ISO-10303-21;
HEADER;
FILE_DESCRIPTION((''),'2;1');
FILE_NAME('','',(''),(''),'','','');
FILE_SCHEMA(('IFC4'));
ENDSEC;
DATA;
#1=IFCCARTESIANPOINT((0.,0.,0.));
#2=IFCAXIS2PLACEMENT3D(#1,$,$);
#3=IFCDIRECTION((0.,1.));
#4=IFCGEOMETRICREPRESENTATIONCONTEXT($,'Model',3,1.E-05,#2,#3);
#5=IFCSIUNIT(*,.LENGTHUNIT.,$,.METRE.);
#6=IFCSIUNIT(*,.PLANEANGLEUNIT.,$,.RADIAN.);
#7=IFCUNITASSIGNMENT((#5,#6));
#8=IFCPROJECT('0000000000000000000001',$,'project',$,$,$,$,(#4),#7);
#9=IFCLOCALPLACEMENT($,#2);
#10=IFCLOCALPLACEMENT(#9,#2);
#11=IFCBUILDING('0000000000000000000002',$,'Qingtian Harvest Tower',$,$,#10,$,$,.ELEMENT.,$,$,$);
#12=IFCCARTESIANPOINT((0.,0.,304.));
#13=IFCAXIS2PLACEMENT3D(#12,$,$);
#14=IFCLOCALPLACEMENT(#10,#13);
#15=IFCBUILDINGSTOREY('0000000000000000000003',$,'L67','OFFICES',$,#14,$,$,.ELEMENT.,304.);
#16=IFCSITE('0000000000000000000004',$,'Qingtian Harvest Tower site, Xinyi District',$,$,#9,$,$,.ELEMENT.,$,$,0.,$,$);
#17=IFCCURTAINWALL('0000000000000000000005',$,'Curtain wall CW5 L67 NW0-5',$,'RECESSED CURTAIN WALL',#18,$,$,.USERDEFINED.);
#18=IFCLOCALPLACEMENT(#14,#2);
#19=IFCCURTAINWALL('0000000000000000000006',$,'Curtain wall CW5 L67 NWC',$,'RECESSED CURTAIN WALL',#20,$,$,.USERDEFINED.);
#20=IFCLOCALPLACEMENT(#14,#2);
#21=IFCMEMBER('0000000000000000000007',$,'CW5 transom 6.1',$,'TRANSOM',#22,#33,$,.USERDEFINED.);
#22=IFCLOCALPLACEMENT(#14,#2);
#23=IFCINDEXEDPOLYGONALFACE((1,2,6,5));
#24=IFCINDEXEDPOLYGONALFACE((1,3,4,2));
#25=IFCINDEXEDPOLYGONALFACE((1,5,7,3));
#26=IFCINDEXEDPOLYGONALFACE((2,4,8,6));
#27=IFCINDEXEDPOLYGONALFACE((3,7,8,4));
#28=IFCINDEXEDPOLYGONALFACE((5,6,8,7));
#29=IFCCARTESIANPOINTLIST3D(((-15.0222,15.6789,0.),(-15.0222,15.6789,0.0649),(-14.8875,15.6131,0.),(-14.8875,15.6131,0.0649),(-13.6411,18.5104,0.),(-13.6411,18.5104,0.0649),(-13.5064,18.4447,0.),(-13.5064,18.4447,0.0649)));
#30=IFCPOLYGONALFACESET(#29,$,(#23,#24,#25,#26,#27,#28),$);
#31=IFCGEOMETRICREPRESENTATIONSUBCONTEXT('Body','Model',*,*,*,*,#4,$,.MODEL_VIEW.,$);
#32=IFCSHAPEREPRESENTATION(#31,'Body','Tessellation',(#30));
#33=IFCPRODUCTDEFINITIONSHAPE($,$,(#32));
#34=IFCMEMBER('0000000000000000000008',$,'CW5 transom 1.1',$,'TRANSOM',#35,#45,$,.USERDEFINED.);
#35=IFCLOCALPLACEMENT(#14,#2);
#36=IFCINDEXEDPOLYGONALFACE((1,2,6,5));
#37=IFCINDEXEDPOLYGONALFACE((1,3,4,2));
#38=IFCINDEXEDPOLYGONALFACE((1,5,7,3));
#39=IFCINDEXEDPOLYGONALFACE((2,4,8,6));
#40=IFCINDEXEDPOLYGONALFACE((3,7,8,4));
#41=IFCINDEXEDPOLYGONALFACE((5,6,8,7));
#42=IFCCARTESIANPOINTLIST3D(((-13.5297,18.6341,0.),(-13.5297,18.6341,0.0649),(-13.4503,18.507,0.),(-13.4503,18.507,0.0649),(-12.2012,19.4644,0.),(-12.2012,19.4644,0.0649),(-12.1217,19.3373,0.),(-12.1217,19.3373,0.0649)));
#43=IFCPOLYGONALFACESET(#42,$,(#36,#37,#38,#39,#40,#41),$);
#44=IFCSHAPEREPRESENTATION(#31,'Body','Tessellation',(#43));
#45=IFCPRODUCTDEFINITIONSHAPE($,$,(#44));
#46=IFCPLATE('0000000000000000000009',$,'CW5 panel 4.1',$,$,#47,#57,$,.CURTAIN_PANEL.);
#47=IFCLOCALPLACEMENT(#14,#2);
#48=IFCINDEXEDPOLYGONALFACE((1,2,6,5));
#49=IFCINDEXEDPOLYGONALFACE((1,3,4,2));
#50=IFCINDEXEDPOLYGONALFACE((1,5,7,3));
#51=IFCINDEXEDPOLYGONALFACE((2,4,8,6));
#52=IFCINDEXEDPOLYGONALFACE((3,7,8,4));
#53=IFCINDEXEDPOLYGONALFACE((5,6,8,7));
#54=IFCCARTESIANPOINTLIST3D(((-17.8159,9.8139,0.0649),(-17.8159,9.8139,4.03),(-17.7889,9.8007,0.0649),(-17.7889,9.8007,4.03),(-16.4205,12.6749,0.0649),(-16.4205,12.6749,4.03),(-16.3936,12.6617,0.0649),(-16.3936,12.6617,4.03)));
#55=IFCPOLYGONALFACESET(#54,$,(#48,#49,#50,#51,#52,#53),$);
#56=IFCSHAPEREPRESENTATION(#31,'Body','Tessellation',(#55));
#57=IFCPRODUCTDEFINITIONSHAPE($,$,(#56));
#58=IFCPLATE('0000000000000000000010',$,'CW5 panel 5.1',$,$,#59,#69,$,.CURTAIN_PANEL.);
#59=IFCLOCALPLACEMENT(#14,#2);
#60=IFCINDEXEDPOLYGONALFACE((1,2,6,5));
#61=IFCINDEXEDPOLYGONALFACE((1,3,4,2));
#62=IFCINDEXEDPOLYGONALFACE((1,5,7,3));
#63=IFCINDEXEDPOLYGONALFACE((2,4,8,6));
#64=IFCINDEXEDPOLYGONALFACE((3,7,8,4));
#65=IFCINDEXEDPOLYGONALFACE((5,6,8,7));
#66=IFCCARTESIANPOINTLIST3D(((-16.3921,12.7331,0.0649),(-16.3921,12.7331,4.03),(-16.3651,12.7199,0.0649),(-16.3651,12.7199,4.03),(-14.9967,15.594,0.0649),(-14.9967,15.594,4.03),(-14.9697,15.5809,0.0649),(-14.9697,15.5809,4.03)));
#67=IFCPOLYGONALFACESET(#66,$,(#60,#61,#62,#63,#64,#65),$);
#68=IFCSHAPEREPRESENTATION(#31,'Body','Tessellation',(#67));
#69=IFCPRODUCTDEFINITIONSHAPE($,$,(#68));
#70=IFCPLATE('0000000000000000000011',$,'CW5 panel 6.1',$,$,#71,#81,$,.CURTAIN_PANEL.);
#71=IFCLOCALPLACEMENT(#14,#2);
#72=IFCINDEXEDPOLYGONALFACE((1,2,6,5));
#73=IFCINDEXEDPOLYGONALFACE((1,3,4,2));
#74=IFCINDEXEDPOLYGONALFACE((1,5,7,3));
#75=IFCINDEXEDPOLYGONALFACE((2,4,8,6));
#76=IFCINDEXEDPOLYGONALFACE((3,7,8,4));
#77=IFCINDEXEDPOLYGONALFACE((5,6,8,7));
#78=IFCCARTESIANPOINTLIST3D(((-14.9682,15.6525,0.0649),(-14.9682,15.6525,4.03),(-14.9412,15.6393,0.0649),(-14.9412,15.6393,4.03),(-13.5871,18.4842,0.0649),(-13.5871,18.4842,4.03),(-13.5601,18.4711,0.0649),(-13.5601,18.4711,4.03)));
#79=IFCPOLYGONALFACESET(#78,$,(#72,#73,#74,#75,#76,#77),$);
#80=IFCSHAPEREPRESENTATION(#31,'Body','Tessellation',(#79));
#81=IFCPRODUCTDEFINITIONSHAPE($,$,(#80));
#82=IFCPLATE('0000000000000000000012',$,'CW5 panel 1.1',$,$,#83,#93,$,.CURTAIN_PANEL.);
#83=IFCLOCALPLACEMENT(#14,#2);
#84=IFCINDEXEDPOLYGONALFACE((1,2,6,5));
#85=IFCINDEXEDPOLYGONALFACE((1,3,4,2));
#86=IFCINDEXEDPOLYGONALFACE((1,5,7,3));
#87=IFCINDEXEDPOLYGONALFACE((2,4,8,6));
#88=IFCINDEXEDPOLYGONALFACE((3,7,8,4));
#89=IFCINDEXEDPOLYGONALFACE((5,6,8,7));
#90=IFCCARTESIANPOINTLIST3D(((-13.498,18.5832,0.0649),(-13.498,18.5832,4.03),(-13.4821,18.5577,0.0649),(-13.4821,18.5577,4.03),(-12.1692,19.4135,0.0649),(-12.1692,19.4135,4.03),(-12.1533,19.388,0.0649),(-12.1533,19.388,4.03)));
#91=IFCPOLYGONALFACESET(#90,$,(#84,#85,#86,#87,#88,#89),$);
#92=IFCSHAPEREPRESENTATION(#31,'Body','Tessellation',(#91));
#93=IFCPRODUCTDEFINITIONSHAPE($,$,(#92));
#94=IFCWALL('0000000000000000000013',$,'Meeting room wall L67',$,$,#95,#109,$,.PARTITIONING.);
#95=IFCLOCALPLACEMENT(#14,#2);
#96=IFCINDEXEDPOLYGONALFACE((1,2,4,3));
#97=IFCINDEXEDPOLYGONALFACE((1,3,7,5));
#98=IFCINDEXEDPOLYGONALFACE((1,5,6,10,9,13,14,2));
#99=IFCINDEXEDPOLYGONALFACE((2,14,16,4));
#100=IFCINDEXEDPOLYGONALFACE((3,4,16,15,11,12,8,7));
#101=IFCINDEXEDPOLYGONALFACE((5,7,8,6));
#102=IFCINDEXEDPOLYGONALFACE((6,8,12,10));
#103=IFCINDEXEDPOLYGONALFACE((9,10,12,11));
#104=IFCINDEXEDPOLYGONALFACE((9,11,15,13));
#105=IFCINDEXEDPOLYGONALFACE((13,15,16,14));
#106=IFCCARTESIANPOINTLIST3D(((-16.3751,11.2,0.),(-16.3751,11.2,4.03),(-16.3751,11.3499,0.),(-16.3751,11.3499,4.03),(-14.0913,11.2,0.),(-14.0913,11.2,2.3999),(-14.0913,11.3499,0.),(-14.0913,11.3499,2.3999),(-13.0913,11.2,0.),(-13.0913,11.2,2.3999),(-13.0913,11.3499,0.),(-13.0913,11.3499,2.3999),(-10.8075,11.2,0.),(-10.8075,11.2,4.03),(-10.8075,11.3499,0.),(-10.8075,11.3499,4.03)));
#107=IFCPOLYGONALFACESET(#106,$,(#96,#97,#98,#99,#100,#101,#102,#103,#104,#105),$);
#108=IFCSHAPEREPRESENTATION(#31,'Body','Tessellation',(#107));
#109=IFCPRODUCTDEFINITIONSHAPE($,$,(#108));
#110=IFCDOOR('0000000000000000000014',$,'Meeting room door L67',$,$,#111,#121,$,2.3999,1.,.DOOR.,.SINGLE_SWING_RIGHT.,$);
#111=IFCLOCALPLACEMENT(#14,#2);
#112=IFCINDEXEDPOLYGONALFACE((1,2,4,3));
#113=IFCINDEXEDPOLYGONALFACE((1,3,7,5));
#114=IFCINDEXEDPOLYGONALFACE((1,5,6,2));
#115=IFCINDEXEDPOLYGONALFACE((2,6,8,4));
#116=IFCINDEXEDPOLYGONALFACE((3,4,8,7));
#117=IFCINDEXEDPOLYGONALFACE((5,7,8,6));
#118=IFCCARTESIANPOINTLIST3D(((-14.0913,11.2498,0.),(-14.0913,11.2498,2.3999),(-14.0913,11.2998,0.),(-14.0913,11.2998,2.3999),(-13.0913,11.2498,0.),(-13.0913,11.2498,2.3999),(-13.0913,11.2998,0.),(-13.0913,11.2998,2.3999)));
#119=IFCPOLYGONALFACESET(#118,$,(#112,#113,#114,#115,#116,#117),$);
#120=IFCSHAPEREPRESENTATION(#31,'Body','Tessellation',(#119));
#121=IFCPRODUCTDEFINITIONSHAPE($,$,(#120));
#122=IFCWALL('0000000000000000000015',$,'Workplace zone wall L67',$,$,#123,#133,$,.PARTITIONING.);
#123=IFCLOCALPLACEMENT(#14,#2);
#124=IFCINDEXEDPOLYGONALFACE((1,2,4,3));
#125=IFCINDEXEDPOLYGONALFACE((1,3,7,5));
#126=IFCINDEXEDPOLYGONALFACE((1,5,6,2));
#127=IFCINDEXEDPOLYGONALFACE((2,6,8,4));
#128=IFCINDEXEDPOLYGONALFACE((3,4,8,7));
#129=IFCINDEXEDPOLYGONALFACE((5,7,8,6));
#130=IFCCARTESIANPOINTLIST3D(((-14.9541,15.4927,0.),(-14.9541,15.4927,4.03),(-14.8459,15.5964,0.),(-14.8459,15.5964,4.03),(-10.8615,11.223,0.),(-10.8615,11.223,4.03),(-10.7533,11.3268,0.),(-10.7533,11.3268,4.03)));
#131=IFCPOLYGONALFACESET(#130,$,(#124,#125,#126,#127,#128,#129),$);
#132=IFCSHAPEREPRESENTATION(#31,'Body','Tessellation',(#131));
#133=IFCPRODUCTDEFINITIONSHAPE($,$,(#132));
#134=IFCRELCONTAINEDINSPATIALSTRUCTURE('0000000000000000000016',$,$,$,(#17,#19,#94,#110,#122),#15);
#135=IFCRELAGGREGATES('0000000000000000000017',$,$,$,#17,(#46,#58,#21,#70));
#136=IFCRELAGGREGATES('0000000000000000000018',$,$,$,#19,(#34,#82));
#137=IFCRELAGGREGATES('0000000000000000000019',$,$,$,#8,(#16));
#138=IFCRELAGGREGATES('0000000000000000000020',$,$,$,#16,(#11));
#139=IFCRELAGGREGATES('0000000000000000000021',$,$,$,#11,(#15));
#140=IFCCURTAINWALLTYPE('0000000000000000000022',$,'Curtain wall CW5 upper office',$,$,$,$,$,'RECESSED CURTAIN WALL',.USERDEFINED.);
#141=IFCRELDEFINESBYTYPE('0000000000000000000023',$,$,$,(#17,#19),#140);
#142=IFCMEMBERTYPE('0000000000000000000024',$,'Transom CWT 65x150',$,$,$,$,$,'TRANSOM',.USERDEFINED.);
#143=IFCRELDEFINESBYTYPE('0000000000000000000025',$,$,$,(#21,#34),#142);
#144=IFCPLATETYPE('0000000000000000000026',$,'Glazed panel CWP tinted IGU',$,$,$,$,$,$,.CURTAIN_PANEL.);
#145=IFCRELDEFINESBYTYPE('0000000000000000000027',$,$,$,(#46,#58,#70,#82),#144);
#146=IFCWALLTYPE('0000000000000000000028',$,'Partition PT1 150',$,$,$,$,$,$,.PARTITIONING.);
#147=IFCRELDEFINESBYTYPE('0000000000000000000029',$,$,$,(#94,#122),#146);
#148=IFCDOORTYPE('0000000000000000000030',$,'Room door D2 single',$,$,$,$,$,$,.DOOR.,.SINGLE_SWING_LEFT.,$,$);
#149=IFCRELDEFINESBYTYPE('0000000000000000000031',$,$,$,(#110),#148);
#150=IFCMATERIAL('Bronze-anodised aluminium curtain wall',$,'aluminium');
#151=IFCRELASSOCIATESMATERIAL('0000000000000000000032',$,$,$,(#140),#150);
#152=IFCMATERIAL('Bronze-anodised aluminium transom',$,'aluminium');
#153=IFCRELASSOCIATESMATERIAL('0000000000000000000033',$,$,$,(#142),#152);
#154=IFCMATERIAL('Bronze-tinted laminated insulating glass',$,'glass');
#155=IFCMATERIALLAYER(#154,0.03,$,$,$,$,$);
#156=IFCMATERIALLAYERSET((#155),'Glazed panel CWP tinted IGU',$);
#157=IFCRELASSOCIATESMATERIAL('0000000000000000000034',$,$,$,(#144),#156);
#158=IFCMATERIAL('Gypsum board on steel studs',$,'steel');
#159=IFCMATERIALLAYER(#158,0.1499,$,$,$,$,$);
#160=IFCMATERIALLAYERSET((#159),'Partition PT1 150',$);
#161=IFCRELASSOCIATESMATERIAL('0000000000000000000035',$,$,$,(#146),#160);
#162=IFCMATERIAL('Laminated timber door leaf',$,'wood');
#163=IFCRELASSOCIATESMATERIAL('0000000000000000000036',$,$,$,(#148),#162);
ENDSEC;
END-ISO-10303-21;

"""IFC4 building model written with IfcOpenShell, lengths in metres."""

from ifc_helpers import new_model, si_unit, direction, frame, frame_2d, origin, origin_2d, place, context, subcontext, project, spatial, rectangle, extrude, material, layer, layer_set, material_profile, profile_set, type_object, element, fill, aggregate, save


model = new_model("IFC4")

# Units and contexts
model_context = context("Model", 3, precision=1e-05, world=origin(), true_north=direction((0.0, 1.0)))
body_context = subcontext(model_context, "Body", "Model", "MODEL_VIEW")
ifc_project = project(units=[si_unit("LENGTHUNIT", "METRE"), si_unit("PLANEANGLEUNIT", "RADIAN")], contexts=[model_context])

# Site, building, storey
site_placement = place(None, origin())
site = spatial("IfcSite", under=ifc_project, at=site_placement, Name="Qingtian Harvest Tower site, Xinyi District", CompositionType="ELEMENT", RefElevation=0.0)
building_placement = place(site_placement, origin())
building = spatial("IfcBuilding", under=site, at=building_placement, Name="Qingtian Harvest Tower", CompositionType="ELEMENT")
storey_placement = place(building_placement, frame((0.0, 0.0, 304.0)))
storey = spatial("IfcBuildingStorey", under=building, at=storey_placement, Name="L67", Description="OFFICES", CompositionType="ELEMENT", Elevation=304.0)

# Curtain walls
ifc_material_1 = material(Name="Bronze-anodised aluminium curtain wall", Category="aluminium")
curtain_wall_type = type_object("IfcCurtainWallType", Name="Curtain wall CW5 upper office", ElementType="RECESSED CURTAIN WALL", PredefinedType="USERDEFINED", material=ifc_material_1)
curtain_wall_1_placement = place(storey_placement, origin())
curtain_wall_1 = element("IfcCurtainWall", 1, at=curtain_wall_1_placement, inside=storey, type_object=curtain_wall_type, Name="Curtain wall CW5 L67 NW0-5", ObjectType="RECESSED CURTAIN WALL", PredefinedType="USERDEFINED")
curtain_wall_2_placement = place(storey_placement, origin())
curtain_wall_2 = element("IfcCurtainWall", 2, at=curtain_wall_2_placement, inside=storey, type_object=curtain_wall_type, Name="Curtain wall CW5 L67 NWC", ObjectType="RECESSED CURTAIN WALL", PredefinedType="USERDEFINED")

# Members
ifc_material_2 = material(Name="Bronze-anodised aluminium transom", Category="aluminium")
ifc_material_profile_1 = material_profile(ifc_material_2, rectangle(XDim=0.1499, YDim=0.0649, at=origin_2d()), Name="AL 65x150")
ifc_profile_set_1 = profile_set([ifc_material_profile_1], Name="Bronze-anodised aluminium transom")
member_type_1 = type_object("IfcMemberType", Name="Transom CWT 65x150", ElementType="TRANSOM", PredefinedType="USERDEFINED", material=ifc_profile_set_1)
member_1_placement = place(storey_placement, frame((-14.9548, 15.646, 0.0325), z_axis=(0.438389, 0.898786, 0.0), x_axis=(-0.898786, 0.438389, 0.0)))
member_1 = element("IfcMember", 3, at=member_1_placement, type_object=member_type_1, Name="CW5 transom 6.1", ObjectType="TRANSOM", PredefinedType="USERDEFINED", context=body_context, shape_type="SweptSolid", body=[
    extrude(rectangle(XDim=0.1499, YDim=0.0649, at=origin_2d()), origin(), (0.0, 0.0, 1.0), 3.1504),
])
member_2_placement = place(storey_placement, frame((-13.49, 18.5706, 0.0325), z_axis=(0.848016, 0.529971, 0.0), x_axis=(-0.529971, 0.848016, 0.0)))
member_2 = element("IfcMember", 4, at=member_2_placement, type_object=member_type_1, Name="CW5 transom 1.1", ObjectType="TRANSOM", PredefinedType="USERDEFINED", context=body_context, shape_type="SweptSolid", body=[
    extrude(rectangle(XDim=0.1499, YDim=0.0649, at=origin_2d()), origin(), (0.0, 0.0, 1.0), 1.5667),
])

# Plates
ifc_material_3 = material(Name="Bronze-tinted laminated insulating glass", Category="glass")
ifc_layer_1 = layer(ifc_material_3, 0.03)
ifc_layer_set_1 = layer_set([ifc_layer_1], Name="Glazed panel CWP tinted IGU")
plate_type = type_object("IfcPlateType", Name="Glazed panel CWP tinted IGU", PredefinedType="CURTAIN_PANEL", material=ifc_layer_set_1)
plate_1_placement = place(storey_placement, frame((-17.1047, 11.2378, 0.0649), z_axis=(0.0, 0.0, 1.0), x_axis=(0.438371, 0.898794, 0.0)))
plate_1 = element("IfcPlate", 5, at=plate_1_placement, type_object=plate_type, Name="CW5 panel 4.1", PredefinedType="CURTAIN_PANEL", context=body_context, shape_type="SweptSolid", body=[
    extrude(rectangle(XDim=3.1831, YDim=0.03, at=origin_2d()), origin(), (0.0, 0.0, 1.0), 3.9651),
])
plate_2_placement = place(storey_placement, frame((-15.6809, 14.157, 0.0649), z_axis=(0.0, 0.0, 1.0), x_axis=(0.438371, 0.898794, 0.0)))
plate_2 = element("IfcPlate", 6, at=plate_2_placement, type_object=plate_type, Name="CW5 panel 5.1", PredefinedType="CURTAIN_PANEL", context=body_context, shape_type="SweptSolid", body=[
    extrude(rectangle(XDim=3.1831, YDim=0.03, at=origin_2d()), origin(), (0.0, 0.0, 1.0), 3.9651),
])
plate_3_placement = place(storey_placement, frame((-14.2642, 17.0618, 0.0649), z_axis=(0.0, 0.0, 1.0), x_axis=(0.438371, 0.898794, 0.0)))
plate_3 = element("IfcPlate", 7, at=plate_3_placement, type_object=plate_type, Name="CW5 panel 6.1", PredefinedType="CURTAIN_PANEL", context=body_context, shape_type="SweptSolid", body=[
    extrude(rectangle(XDim=3.1506, YDim=0.03, at=origin_2d()), origin(), (0.0, 0.0, 1.0), 3.9651),
])
aggregate(curtain_wall_1, [plate_1, plate_2, member_1, plate_3])
plate_4_placement = place(storey_placement, frame((-12.8257, 18.9856, 0.0649), z_axis=(0.0, 0.0, 1.0), x_axis=(0.848048, 0.529919, 0.0)))
plate_4 = element("IfcPlate", 8, at=plate_4_placement, type_object=plate_type, Name="CW5 panel 1.1", PredefinedType="CURTAIN_PANEL", context=body_context, shape_type="SweptSolid", body=[
    extrude(rectangle(XDim=1.5669, YDim=0.03, at=origin_2d()), origin(), (0.0, 0.0, 1.0), 3.9651),
])
aggregate(curtain_wall_2, [member_2, plate_4])

# Wall, opening, door
ifc_material_4 = material(Name="Gypsum board on steel studs", Category="steel")
ifc_layer_2 = layer(ifc_material_4, 0.1499)
ifc_layer_set_2 = layer_set([ifc_layer_2], Name="Partition PT1 150")
wall_type = type_object("IfcWallType", Name="Partition PT1 150", PredefinedType="PARTITIONING", material=ifc_layer_set_2)
wall_1_placement = place(storey_placement, frame((-16.375, 11.2749, 0.0), z_axis=(0.0, 0.0, 1.0), x_axis=(1.0, 0.0, 0.0)))
wall_1 = element("IfcWall", 9, at=wall_1_placement, inside=storey, type_object=wall_type, Name="Meeting room wall L67", PredefinedType="PARTITIONING", context=body_context, shape_type="SweptSolid", body=[
    extrude(rectangle(XDim=5.5676, YDim=0.1499, at=frame_2d((2.7837, 0.0))), origin(), (0.0, 0.0, 1.0), 4.03),
])
opening_placement = place(wall_1_placement, frame((2.2837, 0.0, 0.0)))
opening = element("IfcOpeningElement", 10, at=opening_placement, cuts=wall_1, PredefinedType="OPENING", context=body_context, shape_type="SweptSolid", body=[
    extrude(rectangle(XDim=1.0, YDim=2.3999, at=frame_2d((0.5, 1.2))), frame((0.0, 0.085, 0.0), z_axis=(0.0, -1.0, 0.0), x_axis=(1.0, 0.0, 0.0)), (0.0, 0.0, 1.0), 0.1699),
])
ifc_material_5 = material(Name="Laminated timber door leaf", Category="wood")
door_type = type_object("IfcDoorType", Name="Room door D2 single", OperationType="SINGLE_SWING_LEFT", PredefinedType="DOOR", material=ifc_material_5)
door_placement = place(opening_placement, origin())
door = element("IfcDoor", 11, at=door_placement, inside=storey, type_object=door_type, Name="Meeting room door L67", OperationType="SINGLE_SWING_RIGHT", OverallHeight=2.3999, OverallWidth=1.0, PredefinedType="DOOR", context=body_context, shape_type="SweptSolid", body=[
    extrude(rectangle(XDim=1.0, YDim=2.3999, at=frame_2d((0.5, 1.2))), frame((0.0, 0.0249, 0.0), z_axis=(0.0, -1.0, 0.0), x_axis=(1.0, 0.0, 0.0)), (0.0, 0.0, 1.0), 0.05),
])
fill(opening, door)

# Wall
wall_2_placement = place(storey_placement, frame((-14.8999, 15.5444, 0.0), z_axis=(0.0, 0.0, 1.0), x_axis=(0.691984, -0.721913, 0.0)))
element("IfcWall", 12, at=wall_2_placement, inside=storey, type_object=wall_type, Name="Workplace zone wall L67", PredefinedType="PARTITIONING", context=body_context, shape_type="SweptSolid", body=[
    extrude(rectangle(XDim=5.9143, YDim=0.1499, at=frame_2d((2.957, 0.0))), origin(), (0.0, 0.0, 1.0), 4.03),
])

save(model, "model.ifc")
